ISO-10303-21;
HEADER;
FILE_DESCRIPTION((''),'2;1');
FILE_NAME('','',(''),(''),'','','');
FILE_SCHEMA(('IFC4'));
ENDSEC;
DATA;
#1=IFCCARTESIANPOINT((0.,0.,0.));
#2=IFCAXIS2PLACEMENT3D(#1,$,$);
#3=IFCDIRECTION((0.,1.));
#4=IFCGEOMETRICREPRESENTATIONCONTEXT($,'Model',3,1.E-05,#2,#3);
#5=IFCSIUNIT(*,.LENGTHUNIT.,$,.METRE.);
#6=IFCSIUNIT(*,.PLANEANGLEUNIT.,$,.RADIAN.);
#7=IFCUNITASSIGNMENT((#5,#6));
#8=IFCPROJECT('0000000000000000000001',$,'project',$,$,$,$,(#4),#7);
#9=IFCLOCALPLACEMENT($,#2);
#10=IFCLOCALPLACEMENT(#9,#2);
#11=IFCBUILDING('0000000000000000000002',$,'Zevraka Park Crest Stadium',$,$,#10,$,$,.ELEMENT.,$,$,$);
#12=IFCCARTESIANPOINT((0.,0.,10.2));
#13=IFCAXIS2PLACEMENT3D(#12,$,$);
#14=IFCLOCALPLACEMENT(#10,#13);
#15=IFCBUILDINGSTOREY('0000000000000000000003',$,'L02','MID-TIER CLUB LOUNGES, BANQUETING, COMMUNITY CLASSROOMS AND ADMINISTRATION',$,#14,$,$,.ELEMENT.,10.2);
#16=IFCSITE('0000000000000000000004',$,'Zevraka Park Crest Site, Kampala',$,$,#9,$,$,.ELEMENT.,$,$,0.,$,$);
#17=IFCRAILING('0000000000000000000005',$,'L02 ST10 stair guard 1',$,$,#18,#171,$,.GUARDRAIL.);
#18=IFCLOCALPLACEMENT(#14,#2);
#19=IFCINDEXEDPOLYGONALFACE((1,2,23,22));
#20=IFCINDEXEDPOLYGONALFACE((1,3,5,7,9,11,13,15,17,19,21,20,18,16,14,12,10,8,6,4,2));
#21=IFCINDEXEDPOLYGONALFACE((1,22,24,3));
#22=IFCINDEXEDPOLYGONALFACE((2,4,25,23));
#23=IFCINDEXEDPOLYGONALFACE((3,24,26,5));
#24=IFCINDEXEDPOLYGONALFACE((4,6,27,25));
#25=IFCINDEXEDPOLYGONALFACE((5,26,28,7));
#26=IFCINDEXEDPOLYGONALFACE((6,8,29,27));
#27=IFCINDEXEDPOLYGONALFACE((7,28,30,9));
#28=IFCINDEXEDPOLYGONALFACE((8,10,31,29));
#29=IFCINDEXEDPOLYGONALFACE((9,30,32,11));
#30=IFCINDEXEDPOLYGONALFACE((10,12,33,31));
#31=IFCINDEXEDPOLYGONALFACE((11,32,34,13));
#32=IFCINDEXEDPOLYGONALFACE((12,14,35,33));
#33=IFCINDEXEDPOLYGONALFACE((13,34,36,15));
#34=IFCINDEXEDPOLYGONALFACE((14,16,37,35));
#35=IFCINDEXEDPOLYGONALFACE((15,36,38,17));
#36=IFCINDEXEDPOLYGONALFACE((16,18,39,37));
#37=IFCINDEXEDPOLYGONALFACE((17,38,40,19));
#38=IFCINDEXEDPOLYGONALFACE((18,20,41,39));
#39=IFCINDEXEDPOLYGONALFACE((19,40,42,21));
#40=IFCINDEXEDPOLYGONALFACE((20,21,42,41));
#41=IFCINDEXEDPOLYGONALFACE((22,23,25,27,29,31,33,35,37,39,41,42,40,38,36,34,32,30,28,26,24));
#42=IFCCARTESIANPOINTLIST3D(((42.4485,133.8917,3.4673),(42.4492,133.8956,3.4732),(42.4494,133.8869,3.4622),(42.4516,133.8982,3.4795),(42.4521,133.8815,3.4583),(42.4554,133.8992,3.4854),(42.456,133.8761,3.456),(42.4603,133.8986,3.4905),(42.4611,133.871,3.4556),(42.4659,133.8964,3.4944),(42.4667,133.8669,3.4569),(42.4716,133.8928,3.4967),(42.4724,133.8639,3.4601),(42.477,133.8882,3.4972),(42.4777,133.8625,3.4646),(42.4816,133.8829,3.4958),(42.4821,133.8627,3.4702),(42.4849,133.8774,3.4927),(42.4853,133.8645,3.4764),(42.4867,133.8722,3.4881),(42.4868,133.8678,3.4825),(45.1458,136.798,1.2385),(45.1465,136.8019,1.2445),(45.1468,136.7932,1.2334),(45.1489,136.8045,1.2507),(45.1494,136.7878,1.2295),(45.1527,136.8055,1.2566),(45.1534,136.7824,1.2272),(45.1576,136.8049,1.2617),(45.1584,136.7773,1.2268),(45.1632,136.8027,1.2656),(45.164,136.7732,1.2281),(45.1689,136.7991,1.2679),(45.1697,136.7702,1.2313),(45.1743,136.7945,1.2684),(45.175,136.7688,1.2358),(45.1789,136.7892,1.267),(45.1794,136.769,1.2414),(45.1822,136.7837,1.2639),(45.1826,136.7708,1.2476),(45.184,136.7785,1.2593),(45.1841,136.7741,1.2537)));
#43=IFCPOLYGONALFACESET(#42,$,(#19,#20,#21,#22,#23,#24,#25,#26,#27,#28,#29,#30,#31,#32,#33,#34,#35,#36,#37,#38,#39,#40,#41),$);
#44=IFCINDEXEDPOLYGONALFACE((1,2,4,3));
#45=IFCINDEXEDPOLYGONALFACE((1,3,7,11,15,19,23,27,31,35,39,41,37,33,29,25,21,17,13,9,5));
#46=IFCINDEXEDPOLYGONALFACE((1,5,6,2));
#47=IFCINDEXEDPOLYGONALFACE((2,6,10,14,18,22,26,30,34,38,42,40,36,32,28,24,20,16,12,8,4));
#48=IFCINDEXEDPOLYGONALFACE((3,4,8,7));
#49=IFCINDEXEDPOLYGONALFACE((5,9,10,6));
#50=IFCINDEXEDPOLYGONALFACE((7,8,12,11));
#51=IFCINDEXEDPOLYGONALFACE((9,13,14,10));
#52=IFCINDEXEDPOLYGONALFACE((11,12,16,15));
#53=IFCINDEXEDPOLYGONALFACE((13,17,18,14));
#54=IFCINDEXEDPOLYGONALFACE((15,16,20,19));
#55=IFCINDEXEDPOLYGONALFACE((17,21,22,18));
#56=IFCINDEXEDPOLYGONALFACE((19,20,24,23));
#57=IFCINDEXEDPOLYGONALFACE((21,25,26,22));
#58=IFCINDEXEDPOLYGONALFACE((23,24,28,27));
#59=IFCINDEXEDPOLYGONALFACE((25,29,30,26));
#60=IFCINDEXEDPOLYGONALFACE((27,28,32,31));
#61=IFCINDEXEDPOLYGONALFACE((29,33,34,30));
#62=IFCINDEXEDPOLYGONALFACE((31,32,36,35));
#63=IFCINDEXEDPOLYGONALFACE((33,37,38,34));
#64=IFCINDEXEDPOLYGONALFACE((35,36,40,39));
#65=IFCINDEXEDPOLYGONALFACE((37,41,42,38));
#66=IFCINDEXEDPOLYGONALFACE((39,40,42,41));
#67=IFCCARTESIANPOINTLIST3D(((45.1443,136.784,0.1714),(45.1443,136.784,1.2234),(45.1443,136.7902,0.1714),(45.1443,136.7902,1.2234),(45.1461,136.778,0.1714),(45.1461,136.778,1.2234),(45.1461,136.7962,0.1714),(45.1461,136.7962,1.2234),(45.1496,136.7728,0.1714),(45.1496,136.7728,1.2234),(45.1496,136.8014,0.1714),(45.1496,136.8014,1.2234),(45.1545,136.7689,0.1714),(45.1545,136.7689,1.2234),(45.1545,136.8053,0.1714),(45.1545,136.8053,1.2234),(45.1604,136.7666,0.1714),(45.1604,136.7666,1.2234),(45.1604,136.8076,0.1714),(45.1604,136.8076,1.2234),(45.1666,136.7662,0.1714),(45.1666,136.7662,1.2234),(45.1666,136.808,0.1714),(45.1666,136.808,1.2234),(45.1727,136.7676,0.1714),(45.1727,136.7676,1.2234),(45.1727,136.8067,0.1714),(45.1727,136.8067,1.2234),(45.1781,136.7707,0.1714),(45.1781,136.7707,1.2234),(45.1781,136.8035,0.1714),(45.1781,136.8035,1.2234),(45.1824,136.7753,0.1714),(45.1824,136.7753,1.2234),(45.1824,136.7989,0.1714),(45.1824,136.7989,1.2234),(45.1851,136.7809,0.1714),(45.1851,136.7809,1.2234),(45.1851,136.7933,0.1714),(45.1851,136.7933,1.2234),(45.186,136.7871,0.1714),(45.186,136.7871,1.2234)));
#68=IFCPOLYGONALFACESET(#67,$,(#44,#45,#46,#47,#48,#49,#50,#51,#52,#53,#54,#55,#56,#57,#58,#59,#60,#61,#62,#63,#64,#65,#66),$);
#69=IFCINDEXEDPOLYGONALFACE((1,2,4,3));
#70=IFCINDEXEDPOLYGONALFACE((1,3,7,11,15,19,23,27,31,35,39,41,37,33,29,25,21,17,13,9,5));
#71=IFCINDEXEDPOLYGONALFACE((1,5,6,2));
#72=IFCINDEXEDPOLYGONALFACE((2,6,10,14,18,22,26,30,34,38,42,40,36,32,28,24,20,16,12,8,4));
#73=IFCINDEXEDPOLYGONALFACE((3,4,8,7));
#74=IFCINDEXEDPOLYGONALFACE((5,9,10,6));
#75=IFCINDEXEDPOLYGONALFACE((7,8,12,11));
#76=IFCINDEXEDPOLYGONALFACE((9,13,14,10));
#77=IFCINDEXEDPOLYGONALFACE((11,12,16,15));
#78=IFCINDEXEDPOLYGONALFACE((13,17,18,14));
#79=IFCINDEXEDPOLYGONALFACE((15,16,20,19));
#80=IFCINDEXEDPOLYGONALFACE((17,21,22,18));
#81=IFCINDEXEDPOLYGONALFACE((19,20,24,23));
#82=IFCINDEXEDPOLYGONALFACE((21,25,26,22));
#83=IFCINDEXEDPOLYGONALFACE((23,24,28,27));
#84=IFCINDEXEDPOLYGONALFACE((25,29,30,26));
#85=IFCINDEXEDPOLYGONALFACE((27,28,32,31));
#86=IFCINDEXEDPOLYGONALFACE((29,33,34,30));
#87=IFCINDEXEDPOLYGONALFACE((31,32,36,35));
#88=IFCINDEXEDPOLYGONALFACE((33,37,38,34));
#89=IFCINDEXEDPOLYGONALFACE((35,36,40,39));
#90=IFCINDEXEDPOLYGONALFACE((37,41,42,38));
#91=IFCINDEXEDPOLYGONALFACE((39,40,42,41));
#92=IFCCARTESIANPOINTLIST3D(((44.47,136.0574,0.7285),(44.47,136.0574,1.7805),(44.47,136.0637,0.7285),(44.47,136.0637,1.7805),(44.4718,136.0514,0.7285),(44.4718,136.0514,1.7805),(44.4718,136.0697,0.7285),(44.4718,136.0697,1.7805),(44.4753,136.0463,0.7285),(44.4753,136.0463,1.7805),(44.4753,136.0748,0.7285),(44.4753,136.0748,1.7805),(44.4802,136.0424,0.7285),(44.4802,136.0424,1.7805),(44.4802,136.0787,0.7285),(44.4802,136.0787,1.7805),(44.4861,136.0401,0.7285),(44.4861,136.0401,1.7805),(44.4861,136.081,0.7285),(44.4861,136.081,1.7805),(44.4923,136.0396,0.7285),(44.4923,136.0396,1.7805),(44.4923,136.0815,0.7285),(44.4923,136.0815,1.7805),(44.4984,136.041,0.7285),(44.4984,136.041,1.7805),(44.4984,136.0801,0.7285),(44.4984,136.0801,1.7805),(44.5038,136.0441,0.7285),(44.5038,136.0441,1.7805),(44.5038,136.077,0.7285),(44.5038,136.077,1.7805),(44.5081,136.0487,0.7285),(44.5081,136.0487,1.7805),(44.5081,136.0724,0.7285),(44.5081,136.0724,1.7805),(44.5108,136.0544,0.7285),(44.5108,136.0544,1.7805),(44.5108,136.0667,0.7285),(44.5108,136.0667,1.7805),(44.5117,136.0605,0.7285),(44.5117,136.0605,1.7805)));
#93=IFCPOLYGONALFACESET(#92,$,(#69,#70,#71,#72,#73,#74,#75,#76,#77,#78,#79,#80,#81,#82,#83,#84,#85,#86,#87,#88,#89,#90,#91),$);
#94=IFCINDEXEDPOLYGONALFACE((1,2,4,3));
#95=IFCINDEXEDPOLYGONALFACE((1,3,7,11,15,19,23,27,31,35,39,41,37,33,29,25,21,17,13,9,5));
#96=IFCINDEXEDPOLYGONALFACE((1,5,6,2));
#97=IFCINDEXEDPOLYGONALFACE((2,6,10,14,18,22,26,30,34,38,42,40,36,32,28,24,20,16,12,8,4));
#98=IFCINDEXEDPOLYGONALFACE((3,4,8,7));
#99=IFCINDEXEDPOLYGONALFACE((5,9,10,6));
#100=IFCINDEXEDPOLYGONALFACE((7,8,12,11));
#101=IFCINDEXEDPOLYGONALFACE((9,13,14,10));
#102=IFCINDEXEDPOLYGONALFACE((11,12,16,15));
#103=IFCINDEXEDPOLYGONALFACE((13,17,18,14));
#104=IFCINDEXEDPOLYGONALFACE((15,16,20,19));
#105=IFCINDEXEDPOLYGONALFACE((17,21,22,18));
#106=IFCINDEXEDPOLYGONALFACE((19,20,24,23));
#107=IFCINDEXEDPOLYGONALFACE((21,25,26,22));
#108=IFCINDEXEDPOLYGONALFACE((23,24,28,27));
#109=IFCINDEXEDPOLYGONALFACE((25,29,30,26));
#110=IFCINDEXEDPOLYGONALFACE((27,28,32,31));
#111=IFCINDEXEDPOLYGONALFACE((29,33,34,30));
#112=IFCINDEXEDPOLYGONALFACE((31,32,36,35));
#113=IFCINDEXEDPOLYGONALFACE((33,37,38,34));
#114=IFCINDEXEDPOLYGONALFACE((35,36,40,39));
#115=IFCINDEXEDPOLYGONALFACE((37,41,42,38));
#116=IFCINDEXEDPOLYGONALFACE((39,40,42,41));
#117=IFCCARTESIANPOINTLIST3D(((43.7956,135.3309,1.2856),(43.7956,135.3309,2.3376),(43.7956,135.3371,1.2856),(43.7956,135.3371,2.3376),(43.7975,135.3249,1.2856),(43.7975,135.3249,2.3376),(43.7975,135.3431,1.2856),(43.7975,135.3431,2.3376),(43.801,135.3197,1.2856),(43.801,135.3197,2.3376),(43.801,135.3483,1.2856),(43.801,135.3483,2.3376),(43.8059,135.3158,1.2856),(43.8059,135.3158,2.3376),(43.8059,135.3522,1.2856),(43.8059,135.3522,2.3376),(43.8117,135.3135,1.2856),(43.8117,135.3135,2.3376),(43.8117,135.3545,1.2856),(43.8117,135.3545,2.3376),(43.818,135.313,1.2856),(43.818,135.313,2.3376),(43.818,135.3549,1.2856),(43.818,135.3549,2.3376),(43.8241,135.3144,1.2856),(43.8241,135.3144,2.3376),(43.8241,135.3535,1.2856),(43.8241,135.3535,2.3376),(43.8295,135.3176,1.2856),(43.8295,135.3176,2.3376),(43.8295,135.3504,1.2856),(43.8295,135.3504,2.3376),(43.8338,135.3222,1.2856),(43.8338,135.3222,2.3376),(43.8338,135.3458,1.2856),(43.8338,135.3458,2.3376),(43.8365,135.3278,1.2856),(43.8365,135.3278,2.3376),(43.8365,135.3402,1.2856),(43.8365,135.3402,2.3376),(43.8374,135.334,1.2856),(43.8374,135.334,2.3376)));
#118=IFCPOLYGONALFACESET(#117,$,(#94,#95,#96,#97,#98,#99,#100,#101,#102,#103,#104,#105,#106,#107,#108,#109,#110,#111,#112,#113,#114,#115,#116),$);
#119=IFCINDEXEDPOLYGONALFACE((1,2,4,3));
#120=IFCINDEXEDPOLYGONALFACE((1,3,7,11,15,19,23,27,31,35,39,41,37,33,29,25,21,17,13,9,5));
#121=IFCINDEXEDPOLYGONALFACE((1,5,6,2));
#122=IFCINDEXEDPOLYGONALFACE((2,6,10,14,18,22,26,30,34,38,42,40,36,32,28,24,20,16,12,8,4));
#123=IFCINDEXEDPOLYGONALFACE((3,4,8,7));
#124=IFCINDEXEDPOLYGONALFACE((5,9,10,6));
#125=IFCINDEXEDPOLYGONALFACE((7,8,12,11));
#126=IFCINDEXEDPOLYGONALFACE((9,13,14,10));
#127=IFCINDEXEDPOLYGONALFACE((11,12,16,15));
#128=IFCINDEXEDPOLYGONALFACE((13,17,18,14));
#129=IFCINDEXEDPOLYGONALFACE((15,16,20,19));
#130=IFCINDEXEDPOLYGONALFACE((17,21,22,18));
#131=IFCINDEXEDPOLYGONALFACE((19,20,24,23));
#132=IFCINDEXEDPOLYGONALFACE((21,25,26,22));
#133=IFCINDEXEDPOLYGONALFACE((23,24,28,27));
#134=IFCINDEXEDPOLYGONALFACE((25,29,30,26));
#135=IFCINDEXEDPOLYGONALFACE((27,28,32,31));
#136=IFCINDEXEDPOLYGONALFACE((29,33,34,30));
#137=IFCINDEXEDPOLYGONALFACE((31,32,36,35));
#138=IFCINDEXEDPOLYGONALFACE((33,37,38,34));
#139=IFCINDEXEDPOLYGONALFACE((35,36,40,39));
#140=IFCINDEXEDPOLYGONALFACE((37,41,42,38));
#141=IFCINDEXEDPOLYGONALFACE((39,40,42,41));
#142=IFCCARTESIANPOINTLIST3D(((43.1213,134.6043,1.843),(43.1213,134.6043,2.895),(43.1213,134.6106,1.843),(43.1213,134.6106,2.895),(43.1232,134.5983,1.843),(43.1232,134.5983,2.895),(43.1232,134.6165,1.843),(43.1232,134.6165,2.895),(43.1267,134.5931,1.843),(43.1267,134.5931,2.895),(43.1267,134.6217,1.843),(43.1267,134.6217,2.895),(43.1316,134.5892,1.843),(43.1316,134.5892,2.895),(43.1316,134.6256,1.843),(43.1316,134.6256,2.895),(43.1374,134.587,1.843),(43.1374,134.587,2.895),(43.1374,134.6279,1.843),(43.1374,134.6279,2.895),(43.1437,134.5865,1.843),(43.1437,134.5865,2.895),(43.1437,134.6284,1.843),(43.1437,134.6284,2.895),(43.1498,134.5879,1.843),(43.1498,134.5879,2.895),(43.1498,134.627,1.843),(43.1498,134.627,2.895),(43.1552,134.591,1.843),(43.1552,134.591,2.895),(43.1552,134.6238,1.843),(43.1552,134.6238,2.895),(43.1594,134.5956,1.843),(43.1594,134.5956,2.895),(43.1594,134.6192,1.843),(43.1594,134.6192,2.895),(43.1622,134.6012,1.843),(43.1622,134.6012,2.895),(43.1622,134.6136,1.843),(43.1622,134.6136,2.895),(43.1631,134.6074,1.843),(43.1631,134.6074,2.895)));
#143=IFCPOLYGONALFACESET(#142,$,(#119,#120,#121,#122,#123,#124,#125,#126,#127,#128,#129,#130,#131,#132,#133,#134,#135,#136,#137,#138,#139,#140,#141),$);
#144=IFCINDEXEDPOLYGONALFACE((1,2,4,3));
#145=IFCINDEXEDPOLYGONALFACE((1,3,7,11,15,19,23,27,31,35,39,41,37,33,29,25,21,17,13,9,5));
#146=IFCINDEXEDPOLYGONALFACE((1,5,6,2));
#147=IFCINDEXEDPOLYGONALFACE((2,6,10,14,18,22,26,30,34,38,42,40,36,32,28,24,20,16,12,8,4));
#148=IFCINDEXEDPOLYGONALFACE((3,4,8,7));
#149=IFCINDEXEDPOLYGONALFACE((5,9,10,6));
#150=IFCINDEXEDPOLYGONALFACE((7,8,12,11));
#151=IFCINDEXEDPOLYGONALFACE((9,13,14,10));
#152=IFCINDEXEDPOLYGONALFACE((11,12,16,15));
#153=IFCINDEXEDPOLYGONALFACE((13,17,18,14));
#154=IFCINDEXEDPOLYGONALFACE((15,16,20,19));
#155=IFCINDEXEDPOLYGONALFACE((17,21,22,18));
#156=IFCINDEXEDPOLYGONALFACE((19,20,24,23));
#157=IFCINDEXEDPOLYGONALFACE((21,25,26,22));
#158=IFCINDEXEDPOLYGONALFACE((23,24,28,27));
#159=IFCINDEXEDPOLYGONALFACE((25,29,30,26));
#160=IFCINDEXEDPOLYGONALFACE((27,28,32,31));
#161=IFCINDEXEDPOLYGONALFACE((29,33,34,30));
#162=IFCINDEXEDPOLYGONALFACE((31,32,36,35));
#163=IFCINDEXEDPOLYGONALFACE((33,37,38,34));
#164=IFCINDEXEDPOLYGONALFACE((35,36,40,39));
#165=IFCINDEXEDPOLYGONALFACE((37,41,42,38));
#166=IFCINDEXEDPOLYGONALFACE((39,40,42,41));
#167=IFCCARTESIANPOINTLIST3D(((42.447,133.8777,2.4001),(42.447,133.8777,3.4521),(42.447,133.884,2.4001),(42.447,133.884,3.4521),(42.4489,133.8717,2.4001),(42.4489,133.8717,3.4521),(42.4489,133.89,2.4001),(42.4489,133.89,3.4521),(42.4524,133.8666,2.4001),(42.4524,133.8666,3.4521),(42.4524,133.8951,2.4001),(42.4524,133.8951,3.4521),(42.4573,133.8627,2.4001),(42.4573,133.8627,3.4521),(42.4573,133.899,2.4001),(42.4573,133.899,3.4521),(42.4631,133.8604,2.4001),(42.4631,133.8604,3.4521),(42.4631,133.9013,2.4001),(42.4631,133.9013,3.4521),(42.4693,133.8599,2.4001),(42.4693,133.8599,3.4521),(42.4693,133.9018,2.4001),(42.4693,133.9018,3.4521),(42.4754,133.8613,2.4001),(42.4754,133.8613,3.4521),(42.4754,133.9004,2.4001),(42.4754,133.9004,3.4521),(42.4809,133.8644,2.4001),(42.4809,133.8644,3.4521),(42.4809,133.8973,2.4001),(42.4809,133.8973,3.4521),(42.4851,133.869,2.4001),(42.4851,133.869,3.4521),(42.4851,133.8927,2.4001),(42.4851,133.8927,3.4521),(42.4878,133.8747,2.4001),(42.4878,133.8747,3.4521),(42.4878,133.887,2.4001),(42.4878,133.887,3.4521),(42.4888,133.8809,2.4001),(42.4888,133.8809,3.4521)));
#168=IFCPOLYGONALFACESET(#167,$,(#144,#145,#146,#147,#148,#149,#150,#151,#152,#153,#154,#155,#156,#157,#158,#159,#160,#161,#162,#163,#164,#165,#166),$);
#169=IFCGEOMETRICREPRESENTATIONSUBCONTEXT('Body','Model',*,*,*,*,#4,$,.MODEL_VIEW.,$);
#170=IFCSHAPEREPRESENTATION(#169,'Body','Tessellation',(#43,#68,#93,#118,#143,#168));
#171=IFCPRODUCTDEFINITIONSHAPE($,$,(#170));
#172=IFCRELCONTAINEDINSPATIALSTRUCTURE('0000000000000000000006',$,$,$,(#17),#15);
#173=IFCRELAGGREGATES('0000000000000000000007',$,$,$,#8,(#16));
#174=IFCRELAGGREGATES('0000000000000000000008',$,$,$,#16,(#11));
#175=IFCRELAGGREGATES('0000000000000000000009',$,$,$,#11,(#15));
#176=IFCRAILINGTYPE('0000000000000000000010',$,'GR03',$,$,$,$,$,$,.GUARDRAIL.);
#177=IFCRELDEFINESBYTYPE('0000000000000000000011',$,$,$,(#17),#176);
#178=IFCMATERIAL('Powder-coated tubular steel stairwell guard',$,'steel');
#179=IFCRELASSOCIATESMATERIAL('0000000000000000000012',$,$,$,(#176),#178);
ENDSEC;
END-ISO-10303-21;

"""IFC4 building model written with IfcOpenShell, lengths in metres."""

from ifc_helpers import new_model, si_unit, direction, frame, origin, origin_2d, place, context, subcontext, project, spatial, circle, extrude, material, type_object, element, save


model = new_model("IFC4")

# Units and contexts
model_context = context("Model", 3, precision=1e-05, world=origin(), true_north=direction((0.0, 1.0)))
body_context = subcontext(model_context, "Body", "Model", "MODEL_VIEW")
ifc_project = project(units=[si_unit("LENGTHUNIT", "METRE"), si_unit("PLANEANGLEUNIT", "RADIAN")], contexts=[model_context])

# Site, building, storey
site_placement = place(None, origin())
site = spatial("IfcSite", under=ifc_project, at=site_placement, Name="Zevraka Park Crest Site, Kampala", CompositionType="ELEMENT", RefElevation=0.0)
building_placement = place(site_placement, origin())
building = spatial("IfcBuilding", under=site, at=building_placement, Name="Zevraka Park Crest Stadium", CompositionType="ELEMENT")
storey_placement = place(building_placement, frame((0.0, 0.0, 10.2)))
storey = spatial("IfcBuildingStorey", under=building, at=storey_placement, Name="L02", Description="MID-TIER CLUB LOUNGES, BANQUETING, COMMUNITY CLASSROOMS AND ADMINISTRATION", CompositionType="ELEMENT", Elevation=10.2)

# Railing
ifc_material_1 = material(Name="Powder-coated tubular steel stairwell guard", Category="steel")
railing_type_1 = type_object("IfcRailingType", Name="GR03", PredefinedType="GUARDRAIL", material=ifc_material_1)
railing_1_placement = place(storey_placement, frame((45.165, 136.7871, 0.1714)))
element("IfcRailing", 1, at=railing_1_placement, inside=storey, type_object=railing_type_1, Name="L02 ST10 stair guard 1", PredefinedType="GUARDRAIL", context=body_context, shape_type="SweptSolid", body=[
    extrude(circle(Radius=0.0239, at=origin_2d()), frame((0.0, 0.0, 1.0762), z_axis=(-0.593, -0.638946, 0.489998), x_axis=(0.732969, -0.680262, 0.0)), (0.0, 0.0, 1.0), 4.5486),
    extrude(circle(Radius=0.021, at=origin_2d()), origin(), (0.0, 0.0, 1.0), 1.052),
    extrude(circle(Radius=0.021, at=origin_2d()), frame((-0.6743, -0.7266, 0.5571)), (0.0, 0.0, 1.0), 1.052),
    extrude(circle(Radius=0.021, at=origin_2d()), frame((-1.3486, -1.4531, 1.1143)), (0.0, 0.0, 1.0), 1.052),
    extrude(circle(Radius=0.021, at=origin_2d()), frame((-2.0229, -2.1797, 1.6716)), (0.0, 0.0, 1.0), 1.052),
    extrude(circle(Radius=0.021, at=origin_2d()), frame((-2.6973, -2.9062, 2.2288)), (0.0, 0.0, 1.0), 1.052),
])

save(model, "model.ifc")
